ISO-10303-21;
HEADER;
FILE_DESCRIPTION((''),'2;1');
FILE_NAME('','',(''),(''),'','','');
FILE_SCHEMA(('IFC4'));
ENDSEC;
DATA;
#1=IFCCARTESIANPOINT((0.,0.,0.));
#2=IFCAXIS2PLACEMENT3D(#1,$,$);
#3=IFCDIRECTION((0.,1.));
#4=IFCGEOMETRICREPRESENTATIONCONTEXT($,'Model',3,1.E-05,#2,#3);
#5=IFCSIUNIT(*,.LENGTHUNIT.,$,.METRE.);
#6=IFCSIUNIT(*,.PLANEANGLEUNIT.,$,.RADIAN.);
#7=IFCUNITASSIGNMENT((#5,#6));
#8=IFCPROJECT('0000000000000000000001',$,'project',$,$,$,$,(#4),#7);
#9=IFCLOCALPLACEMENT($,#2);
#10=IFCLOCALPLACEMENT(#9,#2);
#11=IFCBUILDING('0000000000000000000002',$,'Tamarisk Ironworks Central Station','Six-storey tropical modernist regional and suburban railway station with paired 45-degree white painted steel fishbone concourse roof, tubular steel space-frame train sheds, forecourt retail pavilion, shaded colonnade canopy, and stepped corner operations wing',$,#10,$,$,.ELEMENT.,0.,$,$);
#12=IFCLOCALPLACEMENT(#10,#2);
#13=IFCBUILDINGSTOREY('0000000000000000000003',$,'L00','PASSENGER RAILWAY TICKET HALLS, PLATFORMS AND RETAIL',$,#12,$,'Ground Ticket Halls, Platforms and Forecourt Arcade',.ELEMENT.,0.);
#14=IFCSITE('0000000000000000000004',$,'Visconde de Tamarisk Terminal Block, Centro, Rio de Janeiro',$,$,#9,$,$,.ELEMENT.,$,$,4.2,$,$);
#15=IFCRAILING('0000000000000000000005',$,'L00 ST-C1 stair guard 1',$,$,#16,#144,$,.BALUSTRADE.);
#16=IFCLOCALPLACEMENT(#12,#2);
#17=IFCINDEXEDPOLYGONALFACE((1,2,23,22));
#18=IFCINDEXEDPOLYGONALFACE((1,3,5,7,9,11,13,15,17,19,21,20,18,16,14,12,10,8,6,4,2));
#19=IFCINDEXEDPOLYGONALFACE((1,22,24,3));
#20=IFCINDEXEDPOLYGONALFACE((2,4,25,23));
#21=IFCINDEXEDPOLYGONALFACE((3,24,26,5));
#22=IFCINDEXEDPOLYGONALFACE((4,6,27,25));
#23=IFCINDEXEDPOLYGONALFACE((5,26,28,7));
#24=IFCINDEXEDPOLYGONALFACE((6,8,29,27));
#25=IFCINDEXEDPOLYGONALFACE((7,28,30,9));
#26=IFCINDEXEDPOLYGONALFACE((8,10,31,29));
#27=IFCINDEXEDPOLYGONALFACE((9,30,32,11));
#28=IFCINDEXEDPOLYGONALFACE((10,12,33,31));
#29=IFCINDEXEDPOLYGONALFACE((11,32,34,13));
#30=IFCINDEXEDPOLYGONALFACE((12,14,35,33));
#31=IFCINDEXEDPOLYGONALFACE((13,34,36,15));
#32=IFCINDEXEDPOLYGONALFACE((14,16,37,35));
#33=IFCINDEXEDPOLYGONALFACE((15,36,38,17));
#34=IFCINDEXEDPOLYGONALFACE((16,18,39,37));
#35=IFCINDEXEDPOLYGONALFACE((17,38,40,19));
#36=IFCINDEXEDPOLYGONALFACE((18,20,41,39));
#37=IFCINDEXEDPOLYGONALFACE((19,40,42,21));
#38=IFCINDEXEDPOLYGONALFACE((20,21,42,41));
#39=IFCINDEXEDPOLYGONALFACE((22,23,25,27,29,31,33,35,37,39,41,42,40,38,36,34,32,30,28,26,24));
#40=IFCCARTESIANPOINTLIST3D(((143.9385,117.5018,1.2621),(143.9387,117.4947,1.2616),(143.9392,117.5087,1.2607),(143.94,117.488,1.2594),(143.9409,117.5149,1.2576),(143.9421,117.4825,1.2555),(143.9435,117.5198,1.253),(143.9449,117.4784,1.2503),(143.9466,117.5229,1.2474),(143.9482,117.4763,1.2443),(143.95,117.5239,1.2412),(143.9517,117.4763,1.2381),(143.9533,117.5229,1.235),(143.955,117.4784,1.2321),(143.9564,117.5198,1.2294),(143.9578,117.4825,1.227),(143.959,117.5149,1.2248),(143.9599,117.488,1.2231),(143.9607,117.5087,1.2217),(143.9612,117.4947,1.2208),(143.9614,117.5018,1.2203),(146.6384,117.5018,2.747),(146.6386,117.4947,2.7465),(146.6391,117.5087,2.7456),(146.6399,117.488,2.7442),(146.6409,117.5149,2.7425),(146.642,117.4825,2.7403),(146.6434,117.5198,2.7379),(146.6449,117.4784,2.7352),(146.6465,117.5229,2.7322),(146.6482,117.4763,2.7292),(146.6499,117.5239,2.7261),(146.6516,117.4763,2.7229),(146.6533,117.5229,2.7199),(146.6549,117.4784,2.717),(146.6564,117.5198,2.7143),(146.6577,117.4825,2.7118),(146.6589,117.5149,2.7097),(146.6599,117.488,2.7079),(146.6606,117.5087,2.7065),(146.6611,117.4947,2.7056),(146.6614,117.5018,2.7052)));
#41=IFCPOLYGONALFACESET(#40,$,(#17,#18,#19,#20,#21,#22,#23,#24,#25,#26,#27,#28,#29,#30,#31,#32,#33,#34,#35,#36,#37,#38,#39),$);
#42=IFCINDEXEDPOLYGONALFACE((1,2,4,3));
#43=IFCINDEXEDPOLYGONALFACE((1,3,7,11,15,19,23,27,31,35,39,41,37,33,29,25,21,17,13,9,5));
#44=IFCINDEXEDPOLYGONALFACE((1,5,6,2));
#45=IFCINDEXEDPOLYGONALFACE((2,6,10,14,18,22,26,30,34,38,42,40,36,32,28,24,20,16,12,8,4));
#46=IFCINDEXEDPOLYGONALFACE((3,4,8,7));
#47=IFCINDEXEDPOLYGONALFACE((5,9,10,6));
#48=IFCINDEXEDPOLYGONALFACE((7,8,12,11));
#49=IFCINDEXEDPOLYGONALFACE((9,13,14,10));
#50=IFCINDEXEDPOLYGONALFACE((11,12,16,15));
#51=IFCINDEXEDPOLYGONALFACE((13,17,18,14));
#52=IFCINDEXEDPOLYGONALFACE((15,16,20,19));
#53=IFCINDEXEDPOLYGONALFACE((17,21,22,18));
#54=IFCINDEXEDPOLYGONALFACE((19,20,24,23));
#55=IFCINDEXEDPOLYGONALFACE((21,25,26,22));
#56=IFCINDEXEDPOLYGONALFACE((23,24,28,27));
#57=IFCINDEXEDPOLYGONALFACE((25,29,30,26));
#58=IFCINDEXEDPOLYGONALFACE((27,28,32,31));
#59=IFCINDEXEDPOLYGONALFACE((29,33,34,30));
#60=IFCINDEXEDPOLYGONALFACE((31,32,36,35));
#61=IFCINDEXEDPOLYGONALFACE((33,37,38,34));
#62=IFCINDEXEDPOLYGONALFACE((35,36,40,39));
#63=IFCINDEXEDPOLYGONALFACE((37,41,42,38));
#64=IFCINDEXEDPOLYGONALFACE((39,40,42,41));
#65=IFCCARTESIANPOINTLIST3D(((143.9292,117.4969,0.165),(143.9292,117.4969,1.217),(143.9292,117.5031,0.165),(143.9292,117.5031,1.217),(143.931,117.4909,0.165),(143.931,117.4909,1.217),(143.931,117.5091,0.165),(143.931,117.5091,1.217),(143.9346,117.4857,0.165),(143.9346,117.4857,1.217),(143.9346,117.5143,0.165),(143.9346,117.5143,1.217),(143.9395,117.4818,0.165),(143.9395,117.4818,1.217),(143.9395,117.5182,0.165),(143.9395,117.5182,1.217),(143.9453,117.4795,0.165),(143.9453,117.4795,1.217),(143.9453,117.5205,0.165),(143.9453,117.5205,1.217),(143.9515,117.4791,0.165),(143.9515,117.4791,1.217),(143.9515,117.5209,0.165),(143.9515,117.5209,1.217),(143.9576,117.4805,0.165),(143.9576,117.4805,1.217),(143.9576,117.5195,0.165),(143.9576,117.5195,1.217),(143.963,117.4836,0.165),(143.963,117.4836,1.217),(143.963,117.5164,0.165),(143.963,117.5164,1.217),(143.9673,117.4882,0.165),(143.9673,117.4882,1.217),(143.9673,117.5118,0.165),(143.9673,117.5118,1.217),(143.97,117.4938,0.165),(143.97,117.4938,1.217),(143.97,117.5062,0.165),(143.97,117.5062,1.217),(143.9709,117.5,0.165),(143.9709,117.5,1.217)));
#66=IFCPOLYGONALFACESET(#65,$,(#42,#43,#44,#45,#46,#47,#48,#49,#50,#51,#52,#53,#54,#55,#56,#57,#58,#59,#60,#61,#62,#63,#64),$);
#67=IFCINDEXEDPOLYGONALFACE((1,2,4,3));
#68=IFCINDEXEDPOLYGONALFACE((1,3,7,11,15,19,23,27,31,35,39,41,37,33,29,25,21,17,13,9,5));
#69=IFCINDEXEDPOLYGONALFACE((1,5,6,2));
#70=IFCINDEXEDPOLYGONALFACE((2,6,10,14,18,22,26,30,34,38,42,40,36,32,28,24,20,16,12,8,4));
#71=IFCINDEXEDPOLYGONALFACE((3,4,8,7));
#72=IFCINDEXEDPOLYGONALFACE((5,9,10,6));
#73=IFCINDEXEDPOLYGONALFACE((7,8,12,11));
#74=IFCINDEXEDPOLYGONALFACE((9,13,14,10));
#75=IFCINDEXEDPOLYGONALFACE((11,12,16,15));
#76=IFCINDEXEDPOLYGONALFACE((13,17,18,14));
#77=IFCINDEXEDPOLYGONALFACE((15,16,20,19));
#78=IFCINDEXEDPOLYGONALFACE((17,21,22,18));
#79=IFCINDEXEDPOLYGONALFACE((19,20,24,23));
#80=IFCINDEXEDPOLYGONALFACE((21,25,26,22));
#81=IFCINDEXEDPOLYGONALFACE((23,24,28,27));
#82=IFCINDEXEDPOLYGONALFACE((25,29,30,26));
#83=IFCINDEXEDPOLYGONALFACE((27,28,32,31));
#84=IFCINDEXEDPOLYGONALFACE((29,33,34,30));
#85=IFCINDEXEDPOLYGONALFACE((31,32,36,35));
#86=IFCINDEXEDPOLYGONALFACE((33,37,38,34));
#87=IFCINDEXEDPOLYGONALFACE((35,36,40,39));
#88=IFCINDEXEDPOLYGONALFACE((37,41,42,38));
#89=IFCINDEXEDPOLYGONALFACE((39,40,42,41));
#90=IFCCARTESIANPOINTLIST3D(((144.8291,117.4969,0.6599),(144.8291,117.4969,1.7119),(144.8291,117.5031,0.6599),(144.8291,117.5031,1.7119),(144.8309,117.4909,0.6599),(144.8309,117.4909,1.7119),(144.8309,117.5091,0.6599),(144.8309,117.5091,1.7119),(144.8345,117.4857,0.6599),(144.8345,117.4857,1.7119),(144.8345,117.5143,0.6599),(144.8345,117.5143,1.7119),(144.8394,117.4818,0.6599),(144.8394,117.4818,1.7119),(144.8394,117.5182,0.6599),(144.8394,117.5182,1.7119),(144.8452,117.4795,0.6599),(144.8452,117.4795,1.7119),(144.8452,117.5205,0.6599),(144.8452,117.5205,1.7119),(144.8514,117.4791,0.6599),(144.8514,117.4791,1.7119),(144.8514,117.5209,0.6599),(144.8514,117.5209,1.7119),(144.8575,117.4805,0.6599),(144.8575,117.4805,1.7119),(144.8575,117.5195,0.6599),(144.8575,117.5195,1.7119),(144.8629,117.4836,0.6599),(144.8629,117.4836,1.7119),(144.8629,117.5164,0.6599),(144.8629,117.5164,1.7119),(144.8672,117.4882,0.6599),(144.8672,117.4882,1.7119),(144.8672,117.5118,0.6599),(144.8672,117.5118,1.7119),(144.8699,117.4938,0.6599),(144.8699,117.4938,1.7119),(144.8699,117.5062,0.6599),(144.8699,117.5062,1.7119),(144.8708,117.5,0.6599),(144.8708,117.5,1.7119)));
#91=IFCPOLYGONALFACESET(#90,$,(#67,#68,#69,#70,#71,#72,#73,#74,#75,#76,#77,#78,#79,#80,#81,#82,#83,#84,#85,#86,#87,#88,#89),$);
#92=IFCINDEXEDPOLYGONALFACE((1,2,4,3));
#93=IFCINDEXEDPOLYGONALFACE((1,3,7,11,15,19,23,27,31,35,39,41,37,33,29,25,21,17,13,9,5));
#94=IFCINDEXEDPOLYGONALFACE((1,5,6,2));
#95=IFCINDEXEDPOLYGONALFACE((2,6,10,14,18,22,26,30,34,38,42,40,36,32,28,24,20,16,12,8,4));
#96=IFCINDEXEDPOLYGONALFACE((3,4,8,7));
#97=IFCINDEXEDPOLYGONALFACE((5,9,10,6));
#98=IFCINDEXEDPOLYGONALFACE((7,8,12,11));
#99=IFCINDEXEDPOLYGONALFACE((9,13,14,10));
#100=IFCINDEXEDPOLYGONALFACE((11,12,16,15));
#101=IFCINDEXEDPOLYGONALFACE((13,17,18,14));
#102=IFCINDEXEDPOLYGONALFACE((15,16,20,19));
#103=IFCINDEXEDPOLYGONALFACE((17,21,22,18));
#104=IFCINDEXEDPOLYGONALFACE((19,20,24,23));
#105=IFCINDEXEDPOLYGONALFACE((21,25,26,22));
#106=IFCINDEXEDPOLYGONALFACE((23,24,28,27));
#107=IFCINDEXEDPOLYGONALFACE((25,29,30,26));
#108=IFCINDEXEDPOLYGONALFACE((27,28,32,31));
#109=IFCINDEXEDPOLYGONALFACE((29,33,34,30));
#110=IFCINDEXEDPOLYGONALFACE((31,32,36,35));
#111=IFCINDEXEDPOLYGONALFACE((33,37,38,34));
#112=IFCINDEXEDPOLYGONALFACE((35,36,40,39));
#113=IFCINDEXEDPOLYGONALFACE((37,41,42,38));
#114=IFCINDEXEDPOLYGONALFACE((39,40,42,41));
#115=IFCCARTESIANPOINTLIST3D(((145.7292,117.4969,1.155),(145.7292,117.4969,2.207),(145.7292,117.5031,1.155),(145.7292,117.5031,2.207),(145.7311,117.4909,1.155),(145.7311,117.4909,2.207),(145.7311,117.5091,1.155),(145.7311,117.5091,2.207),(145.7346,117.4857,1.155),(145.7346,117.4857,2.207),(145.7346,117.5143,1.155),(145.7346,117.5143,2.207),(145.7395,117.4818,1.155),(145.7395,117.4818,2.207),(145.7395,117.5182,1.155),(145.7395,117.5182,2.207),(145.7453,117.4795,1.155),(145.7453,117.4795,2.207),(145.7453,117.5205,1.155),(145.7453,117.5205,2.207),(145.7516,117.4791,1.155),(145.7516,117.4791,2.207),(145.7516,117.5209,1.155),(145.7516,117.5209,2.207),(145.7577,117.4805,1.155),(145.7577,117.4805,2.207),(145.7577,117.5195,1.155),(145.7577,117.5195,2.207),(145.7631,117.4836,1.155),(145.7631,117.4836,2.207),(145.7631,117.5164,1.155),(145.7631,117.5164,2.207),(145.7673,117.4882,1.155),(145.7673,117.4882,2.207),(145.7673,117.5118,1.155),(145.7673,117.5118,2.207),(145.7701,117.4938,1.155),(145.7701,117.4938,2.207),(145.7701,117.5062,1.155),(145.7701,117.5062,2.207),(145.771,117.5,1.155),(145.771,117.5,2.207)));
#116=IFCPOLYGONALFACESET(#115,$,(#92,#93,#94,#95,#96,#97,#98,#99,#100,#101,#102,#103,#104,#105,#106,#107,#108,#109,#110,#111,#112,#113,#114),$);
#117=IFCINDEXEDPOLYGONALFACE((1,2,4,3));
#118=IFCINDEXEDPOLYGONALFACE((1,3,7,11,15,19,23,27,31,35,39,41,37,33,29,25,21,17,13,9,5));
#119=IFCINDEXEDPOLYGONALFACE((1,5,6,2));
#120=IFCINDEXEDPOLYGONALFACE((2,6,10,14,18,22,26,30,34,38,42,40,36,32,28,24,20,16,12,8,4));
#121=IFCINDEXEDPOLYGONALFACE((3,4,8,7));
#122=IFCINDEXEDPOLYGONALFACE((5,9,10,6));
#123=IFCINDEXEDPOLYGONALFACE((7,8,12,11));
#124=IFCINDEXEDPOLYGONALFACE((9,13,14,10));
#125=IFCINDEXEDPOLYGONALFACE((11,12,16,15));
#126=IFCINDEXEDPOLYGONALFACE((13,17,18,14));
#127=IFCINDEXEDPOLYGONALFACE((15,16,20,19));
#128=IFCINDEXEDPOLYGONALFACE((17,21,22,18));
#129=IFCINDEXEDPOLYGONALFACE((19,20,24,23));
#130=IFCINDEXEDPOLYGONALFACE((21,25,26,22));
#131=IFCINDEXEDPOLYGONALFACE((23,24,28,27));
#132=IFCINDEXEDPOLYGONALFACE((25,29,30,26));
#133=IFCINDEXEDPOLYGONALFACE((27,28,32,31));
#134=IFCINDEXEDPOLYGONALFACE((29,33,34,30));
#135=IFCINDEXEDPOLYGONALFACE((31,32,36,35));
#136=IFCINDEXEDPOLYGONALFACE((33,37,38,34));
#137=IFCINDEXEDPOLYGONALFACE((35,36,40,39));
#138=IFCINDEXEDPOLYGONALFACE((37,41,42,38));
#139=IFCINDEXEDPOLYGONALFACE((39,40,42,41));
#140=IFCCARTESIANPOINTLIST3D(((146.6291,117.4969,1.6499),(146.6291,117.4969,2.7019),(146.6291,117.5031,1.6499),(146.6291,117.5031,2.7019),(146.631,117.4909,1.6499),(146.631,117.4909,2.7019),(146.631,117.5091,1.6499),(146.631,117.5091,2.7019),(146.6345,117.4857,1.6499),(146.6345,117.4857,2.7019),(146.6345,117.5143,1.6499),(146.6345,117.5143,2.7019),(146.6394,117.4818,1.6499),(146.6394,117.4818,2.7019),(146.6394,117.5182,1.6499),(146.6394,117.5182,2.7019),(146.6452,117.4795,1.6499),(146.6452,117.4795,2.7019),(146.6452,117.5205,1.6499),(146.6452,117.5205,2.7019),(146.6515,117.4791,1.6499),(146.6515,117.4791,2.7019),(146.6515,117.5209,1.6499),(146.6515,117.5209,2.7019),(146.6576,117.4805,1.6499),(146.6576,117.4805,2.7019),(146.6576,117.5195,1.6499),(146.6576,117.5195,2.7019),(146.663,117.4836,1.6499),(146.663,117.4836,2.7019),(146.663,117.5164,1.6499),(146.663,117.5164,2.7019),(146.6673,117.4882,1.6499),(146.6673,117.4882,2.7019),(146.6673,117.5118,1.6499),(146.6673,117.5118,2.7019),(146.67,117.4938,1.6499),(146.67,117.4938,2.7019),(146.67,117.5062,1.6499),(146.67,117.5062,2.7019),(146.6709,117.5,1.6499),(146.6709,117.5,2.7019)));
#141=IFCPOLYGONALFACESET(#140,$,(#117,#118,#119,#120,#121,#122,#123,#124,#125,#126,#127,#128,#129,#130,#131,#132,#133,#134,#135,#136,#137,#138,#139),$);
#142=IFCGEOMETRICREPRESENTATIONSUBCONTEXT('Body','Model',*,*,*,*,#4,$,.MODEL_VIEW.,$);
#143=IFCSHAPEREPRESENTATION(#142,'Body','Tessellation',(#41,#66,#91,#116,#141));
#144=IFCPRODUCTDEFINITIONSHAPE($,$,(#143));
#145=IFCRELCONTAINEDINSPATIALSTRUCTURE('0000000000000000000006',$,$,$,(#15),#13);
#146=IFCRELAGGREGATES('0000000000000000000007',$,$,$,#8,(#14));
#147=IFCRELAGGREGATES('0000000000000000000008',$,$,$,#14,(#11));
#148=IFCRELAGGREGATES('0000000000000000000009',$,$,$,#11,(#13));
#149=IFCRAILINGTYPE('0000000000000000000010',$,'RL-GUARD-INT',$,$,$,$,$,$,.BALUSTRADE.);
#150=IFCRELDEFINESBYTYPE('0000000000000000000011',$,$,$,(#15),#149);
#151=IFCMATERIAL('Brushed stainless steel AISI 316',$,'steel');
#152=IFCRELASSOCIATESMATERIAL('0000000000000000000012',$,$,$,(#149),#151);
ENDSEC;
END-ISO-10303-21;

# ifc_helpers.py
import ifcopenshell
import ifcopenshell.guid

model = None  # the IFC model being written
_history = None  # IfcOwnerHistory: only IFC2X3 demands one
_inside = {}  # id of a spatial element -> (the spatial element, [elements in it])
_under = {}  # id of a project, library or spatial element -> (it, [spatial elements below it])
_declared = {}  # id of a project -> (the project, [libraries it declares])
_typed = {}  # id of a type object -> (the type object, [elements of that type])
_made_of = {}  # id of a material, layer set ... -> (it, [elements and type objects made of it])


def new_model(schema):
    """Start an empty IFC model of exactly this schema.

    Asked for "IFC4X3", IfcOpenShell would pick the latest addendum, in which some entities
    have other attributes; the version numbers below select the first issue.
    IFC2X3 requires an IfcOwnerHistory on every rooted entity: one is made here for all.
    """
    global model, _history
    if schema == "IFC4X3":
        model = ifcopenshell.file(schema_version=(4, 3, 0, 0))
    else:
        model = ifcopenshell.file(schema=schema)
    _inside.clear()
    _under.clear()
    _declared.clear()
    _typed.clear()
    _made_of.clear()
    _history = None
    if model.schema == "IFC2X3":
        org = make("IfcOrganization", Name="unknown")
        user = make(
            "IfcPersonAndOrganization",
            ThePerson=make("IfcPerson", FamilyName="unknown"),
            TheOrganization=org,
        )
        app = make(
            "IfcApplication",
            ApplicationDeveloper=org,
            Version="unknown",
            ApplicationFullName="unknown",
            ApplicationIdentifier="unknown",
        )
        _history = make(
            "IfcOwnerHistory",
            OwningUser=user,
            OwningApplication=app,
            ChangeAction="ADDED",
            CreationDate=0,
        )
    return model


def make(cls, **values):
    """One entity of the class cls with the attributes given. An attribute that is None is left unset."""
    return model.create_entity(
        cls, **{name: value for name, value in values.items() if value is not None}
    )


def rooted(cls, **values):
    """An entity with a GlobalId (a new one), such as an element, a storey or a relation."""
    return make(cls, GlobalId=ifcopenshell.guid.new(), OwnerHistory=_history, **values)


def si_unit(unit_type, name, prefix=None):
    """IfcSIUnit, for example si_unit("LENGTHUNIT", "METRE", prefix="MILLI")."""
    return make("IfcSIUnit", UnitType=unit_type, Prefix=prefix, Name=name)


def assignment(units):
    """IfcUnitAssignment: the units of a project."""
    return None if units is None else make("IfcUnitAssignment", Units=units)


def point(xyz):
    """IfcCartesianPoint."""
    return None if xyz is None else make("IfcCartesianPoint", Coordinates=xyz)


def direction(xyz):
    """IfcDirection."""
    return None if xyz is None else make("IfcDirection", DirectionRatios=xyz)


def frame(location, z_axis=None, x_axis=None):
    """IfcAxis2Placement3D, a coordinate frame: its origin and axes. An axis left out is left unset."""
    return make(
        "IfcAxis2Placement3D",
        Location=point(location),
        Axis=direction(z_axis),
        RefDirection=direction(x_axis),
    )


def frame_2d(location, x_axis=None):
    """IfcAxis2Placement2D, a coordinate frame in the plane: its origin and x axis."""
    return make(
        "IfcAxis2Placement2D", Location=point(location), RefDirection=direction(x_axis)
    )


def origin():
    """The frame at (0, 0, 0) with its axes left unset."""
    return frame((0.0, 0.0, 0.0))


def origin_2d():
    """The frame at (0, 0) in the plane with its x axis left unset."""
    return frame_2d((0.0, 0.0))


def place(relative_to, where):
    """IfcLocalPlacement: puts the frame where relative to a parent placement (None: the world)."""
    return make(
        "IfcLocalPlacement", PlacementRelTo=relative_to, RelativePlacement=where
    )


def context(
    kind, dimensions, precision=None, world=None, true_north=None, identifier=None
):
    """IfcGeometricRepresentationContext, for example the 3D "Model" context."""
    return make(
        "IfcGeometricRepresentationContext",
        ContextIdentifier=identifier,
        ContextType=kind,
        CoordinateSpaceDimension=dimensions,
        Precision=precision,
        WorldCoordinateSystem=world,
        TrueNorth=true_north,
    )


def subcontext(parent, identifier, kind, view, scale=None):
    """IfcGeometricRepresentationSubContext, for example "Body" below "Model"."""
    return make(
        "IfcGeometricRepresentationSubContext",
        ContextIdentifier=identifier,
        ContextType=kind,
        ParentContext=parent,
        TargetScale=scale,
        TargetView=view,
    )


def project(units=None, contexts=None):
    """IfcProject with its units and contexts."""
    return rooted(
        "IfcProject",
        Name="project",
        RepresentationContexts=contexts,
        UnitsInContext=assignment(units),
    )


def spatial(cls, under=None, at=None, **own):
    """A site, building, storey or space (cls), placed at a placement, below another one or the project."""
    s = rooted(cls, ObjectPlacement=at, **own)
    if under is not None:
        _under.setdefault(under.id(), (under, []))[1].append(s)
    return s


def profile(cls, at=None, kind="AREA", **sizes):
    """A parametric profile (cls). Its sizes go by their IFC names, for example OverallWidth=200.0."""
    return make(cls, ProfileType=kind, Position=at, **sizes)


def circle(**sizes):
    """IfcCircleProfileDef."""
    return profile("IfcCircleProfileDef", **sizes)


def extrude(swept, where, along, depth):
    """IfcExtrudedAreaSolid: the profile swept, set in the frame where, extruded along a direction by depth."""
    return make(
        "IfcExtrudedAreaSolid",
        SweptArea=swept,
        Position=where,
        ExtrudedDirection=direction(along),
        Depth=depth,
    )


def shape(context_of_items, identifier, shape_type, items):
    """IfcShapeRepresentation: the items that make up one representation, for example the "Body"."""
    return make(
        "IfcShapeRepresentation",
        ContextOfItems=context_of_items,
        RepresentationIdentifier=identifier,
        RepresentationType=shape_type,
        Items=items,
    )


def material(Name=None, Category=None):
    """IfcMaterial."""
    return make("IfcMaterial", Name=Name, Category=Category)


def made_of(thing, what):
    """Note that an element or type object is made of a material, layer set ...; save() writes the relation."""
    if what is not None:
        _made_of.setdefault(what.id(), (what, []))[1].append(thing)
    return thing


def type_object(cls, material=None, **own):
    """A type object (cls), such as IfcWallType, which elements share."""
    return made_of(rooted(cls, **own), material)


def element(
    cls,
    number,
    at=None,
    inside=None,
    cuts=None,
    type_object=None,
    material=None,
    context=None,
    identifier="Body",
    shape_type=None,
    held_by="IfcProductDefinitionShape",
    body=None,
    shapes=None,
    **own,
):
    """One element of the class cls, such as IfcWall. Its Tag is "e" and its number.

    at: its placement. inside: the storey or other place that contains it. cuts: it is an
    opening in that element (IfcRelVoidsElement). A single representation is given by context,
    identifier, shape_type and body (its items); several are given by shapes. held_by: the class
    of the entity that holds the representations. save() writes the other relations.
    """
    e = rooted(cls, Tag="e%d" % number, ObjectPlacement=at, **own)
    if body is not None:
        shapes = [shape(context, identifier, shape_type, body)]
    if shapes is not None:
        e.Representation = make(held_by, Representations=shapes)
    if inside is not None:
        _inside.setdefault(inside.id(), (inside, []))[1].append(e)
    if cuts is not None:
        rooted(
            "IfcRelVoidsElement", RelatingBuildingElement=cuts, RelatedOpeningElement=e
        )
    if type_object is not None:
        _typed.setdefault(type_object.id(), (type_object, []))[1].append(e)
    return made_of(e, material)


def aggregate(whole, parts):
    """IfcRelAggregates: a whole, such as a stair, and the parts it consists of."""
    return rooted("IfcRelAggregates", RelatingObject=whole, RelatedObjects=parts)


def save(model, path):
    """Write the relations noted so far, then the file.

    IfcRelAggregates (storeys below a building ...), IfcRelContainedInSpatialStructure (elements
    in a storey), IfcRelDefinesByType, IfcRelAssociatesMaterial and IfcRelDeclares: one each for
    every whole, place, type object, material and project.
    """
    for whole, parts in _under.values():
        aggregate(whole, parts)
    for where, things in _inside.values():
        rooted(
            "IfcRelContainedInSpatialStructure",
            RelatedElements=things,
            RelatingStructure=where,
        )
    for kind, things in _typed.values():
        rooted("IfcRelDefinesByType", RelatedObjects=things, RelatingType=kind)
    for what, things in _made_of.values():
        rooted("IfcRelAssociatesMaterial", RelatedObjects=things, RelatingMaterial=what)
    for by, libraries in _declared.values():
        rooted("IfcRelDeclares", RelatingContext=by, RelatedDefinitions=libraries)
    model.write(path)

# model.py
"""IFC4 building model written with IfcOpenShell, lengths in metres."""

from ifc_helpers import new_model, si_unit, direction, frame, origin, origin_2d, place, context, subcontext, project, spatial, circle, extrude, material, type_object, element, save


model = new_model("IFC4")

# Units and contexts
model_context = context("Model", 3, precision=1e-05, world=origin(), true_north=direction((0.0, 1.0)))
body_context = subcontext(model_context, "Body", "Model", "MODEL_VIEW")
ifc_project = project(units=[si_unit("LENGTHUNIT", "METRE"), si_unit("PLANEANGLEUNIT", "RADIAN")], contexts=[model_context])

# Site, building, storey
site_placement = place(None, origin())
site = spatial("IfcSite", under=ifc_project, at=site_placement, Name="Visconde de Tamarisk Terminal Block, Centro, Rio de Janeiro", CompositionType="ELEMENT", RefElevation=4.2)
building_placement = place(site_placement, origin())
building = spatial("IfcBuilding", under=site, at=building_placement, Name="Tamarisk Ironworks Central Station", Description="Six-storey tropical modernist regional and suburban railway station with paired 45-degree white painted steel fishbone concourse roof, tubular steel space-frame train sheds, forecourt retail pavilion, shaded colonnade canopy, and stepped corner operations wing", CompositionType="ELEMENT", ElevationOfRefHeight=0.0)
storey_placement = place(building_placement, origin())
storey = spatial("IfcBuildingStorey", under=building, at=storey_placement, Name="L00", Description="PASSENGER RAILWAY TICKET HALLS, PLATFORMS AND RETAIL", LongName="Ground Ticket Halls, Platforms and Forecourt Arcade", CompositionType="ELEMENT", Elevation=0.0)

# Railing
ifc_material_1 = material(Name="Brushed stainless steel AISI 316", Category="steel")
railing_type_1 = type_object("IfcRailingType", Name="RL-GUARD-INT", PredefinedType="BALUSTRADE", material=ifc_material_1)
railing_placement = place(storey_placement, frame((143.95, 117.5, 0.165)))
element("IfcRailing", 1, at=railing_placement, inside=storey, type_object=railing_type_1, Name="L00 ST-C1 stair guard 1", PredefinedType="BALUSTRADE", context=body_context, shape_type="SweptSolid", body=[
    extrude(circle(Radius=0.0239, at=origin_2d()), frame((0.0, 0.0, 1.0762), z_axis=(0.876231, 0.0, 0.481891), x_axis=(0.0, 1.0, 0.0)), (0.0, 0.0, 1.0), 3.0813),
    extrude(circle(Radius=0.021, at=origin_2d()), origin(), (0.0, 0.0, 1.0), 1.052),
    extrude(circle(Radius=0.021, at=origin_2d()), frame((0.8999, 0.0, 0.4949)), (0.0, 0.0, 1.0), 1.052),
    extrude(circle(Radius=0.021, at=origin_2d()), frame((1.8, 0.0, 0.99)), (0.0, 0.0, 1.0), 1.052),
    extrude(circle(Radius=0.021, at=origin_2d()), frame((2.7, 0.0, 1.4849)), (0.0, 0.0, 1.0), 1.052),
])

save(model, "model.ifc")
